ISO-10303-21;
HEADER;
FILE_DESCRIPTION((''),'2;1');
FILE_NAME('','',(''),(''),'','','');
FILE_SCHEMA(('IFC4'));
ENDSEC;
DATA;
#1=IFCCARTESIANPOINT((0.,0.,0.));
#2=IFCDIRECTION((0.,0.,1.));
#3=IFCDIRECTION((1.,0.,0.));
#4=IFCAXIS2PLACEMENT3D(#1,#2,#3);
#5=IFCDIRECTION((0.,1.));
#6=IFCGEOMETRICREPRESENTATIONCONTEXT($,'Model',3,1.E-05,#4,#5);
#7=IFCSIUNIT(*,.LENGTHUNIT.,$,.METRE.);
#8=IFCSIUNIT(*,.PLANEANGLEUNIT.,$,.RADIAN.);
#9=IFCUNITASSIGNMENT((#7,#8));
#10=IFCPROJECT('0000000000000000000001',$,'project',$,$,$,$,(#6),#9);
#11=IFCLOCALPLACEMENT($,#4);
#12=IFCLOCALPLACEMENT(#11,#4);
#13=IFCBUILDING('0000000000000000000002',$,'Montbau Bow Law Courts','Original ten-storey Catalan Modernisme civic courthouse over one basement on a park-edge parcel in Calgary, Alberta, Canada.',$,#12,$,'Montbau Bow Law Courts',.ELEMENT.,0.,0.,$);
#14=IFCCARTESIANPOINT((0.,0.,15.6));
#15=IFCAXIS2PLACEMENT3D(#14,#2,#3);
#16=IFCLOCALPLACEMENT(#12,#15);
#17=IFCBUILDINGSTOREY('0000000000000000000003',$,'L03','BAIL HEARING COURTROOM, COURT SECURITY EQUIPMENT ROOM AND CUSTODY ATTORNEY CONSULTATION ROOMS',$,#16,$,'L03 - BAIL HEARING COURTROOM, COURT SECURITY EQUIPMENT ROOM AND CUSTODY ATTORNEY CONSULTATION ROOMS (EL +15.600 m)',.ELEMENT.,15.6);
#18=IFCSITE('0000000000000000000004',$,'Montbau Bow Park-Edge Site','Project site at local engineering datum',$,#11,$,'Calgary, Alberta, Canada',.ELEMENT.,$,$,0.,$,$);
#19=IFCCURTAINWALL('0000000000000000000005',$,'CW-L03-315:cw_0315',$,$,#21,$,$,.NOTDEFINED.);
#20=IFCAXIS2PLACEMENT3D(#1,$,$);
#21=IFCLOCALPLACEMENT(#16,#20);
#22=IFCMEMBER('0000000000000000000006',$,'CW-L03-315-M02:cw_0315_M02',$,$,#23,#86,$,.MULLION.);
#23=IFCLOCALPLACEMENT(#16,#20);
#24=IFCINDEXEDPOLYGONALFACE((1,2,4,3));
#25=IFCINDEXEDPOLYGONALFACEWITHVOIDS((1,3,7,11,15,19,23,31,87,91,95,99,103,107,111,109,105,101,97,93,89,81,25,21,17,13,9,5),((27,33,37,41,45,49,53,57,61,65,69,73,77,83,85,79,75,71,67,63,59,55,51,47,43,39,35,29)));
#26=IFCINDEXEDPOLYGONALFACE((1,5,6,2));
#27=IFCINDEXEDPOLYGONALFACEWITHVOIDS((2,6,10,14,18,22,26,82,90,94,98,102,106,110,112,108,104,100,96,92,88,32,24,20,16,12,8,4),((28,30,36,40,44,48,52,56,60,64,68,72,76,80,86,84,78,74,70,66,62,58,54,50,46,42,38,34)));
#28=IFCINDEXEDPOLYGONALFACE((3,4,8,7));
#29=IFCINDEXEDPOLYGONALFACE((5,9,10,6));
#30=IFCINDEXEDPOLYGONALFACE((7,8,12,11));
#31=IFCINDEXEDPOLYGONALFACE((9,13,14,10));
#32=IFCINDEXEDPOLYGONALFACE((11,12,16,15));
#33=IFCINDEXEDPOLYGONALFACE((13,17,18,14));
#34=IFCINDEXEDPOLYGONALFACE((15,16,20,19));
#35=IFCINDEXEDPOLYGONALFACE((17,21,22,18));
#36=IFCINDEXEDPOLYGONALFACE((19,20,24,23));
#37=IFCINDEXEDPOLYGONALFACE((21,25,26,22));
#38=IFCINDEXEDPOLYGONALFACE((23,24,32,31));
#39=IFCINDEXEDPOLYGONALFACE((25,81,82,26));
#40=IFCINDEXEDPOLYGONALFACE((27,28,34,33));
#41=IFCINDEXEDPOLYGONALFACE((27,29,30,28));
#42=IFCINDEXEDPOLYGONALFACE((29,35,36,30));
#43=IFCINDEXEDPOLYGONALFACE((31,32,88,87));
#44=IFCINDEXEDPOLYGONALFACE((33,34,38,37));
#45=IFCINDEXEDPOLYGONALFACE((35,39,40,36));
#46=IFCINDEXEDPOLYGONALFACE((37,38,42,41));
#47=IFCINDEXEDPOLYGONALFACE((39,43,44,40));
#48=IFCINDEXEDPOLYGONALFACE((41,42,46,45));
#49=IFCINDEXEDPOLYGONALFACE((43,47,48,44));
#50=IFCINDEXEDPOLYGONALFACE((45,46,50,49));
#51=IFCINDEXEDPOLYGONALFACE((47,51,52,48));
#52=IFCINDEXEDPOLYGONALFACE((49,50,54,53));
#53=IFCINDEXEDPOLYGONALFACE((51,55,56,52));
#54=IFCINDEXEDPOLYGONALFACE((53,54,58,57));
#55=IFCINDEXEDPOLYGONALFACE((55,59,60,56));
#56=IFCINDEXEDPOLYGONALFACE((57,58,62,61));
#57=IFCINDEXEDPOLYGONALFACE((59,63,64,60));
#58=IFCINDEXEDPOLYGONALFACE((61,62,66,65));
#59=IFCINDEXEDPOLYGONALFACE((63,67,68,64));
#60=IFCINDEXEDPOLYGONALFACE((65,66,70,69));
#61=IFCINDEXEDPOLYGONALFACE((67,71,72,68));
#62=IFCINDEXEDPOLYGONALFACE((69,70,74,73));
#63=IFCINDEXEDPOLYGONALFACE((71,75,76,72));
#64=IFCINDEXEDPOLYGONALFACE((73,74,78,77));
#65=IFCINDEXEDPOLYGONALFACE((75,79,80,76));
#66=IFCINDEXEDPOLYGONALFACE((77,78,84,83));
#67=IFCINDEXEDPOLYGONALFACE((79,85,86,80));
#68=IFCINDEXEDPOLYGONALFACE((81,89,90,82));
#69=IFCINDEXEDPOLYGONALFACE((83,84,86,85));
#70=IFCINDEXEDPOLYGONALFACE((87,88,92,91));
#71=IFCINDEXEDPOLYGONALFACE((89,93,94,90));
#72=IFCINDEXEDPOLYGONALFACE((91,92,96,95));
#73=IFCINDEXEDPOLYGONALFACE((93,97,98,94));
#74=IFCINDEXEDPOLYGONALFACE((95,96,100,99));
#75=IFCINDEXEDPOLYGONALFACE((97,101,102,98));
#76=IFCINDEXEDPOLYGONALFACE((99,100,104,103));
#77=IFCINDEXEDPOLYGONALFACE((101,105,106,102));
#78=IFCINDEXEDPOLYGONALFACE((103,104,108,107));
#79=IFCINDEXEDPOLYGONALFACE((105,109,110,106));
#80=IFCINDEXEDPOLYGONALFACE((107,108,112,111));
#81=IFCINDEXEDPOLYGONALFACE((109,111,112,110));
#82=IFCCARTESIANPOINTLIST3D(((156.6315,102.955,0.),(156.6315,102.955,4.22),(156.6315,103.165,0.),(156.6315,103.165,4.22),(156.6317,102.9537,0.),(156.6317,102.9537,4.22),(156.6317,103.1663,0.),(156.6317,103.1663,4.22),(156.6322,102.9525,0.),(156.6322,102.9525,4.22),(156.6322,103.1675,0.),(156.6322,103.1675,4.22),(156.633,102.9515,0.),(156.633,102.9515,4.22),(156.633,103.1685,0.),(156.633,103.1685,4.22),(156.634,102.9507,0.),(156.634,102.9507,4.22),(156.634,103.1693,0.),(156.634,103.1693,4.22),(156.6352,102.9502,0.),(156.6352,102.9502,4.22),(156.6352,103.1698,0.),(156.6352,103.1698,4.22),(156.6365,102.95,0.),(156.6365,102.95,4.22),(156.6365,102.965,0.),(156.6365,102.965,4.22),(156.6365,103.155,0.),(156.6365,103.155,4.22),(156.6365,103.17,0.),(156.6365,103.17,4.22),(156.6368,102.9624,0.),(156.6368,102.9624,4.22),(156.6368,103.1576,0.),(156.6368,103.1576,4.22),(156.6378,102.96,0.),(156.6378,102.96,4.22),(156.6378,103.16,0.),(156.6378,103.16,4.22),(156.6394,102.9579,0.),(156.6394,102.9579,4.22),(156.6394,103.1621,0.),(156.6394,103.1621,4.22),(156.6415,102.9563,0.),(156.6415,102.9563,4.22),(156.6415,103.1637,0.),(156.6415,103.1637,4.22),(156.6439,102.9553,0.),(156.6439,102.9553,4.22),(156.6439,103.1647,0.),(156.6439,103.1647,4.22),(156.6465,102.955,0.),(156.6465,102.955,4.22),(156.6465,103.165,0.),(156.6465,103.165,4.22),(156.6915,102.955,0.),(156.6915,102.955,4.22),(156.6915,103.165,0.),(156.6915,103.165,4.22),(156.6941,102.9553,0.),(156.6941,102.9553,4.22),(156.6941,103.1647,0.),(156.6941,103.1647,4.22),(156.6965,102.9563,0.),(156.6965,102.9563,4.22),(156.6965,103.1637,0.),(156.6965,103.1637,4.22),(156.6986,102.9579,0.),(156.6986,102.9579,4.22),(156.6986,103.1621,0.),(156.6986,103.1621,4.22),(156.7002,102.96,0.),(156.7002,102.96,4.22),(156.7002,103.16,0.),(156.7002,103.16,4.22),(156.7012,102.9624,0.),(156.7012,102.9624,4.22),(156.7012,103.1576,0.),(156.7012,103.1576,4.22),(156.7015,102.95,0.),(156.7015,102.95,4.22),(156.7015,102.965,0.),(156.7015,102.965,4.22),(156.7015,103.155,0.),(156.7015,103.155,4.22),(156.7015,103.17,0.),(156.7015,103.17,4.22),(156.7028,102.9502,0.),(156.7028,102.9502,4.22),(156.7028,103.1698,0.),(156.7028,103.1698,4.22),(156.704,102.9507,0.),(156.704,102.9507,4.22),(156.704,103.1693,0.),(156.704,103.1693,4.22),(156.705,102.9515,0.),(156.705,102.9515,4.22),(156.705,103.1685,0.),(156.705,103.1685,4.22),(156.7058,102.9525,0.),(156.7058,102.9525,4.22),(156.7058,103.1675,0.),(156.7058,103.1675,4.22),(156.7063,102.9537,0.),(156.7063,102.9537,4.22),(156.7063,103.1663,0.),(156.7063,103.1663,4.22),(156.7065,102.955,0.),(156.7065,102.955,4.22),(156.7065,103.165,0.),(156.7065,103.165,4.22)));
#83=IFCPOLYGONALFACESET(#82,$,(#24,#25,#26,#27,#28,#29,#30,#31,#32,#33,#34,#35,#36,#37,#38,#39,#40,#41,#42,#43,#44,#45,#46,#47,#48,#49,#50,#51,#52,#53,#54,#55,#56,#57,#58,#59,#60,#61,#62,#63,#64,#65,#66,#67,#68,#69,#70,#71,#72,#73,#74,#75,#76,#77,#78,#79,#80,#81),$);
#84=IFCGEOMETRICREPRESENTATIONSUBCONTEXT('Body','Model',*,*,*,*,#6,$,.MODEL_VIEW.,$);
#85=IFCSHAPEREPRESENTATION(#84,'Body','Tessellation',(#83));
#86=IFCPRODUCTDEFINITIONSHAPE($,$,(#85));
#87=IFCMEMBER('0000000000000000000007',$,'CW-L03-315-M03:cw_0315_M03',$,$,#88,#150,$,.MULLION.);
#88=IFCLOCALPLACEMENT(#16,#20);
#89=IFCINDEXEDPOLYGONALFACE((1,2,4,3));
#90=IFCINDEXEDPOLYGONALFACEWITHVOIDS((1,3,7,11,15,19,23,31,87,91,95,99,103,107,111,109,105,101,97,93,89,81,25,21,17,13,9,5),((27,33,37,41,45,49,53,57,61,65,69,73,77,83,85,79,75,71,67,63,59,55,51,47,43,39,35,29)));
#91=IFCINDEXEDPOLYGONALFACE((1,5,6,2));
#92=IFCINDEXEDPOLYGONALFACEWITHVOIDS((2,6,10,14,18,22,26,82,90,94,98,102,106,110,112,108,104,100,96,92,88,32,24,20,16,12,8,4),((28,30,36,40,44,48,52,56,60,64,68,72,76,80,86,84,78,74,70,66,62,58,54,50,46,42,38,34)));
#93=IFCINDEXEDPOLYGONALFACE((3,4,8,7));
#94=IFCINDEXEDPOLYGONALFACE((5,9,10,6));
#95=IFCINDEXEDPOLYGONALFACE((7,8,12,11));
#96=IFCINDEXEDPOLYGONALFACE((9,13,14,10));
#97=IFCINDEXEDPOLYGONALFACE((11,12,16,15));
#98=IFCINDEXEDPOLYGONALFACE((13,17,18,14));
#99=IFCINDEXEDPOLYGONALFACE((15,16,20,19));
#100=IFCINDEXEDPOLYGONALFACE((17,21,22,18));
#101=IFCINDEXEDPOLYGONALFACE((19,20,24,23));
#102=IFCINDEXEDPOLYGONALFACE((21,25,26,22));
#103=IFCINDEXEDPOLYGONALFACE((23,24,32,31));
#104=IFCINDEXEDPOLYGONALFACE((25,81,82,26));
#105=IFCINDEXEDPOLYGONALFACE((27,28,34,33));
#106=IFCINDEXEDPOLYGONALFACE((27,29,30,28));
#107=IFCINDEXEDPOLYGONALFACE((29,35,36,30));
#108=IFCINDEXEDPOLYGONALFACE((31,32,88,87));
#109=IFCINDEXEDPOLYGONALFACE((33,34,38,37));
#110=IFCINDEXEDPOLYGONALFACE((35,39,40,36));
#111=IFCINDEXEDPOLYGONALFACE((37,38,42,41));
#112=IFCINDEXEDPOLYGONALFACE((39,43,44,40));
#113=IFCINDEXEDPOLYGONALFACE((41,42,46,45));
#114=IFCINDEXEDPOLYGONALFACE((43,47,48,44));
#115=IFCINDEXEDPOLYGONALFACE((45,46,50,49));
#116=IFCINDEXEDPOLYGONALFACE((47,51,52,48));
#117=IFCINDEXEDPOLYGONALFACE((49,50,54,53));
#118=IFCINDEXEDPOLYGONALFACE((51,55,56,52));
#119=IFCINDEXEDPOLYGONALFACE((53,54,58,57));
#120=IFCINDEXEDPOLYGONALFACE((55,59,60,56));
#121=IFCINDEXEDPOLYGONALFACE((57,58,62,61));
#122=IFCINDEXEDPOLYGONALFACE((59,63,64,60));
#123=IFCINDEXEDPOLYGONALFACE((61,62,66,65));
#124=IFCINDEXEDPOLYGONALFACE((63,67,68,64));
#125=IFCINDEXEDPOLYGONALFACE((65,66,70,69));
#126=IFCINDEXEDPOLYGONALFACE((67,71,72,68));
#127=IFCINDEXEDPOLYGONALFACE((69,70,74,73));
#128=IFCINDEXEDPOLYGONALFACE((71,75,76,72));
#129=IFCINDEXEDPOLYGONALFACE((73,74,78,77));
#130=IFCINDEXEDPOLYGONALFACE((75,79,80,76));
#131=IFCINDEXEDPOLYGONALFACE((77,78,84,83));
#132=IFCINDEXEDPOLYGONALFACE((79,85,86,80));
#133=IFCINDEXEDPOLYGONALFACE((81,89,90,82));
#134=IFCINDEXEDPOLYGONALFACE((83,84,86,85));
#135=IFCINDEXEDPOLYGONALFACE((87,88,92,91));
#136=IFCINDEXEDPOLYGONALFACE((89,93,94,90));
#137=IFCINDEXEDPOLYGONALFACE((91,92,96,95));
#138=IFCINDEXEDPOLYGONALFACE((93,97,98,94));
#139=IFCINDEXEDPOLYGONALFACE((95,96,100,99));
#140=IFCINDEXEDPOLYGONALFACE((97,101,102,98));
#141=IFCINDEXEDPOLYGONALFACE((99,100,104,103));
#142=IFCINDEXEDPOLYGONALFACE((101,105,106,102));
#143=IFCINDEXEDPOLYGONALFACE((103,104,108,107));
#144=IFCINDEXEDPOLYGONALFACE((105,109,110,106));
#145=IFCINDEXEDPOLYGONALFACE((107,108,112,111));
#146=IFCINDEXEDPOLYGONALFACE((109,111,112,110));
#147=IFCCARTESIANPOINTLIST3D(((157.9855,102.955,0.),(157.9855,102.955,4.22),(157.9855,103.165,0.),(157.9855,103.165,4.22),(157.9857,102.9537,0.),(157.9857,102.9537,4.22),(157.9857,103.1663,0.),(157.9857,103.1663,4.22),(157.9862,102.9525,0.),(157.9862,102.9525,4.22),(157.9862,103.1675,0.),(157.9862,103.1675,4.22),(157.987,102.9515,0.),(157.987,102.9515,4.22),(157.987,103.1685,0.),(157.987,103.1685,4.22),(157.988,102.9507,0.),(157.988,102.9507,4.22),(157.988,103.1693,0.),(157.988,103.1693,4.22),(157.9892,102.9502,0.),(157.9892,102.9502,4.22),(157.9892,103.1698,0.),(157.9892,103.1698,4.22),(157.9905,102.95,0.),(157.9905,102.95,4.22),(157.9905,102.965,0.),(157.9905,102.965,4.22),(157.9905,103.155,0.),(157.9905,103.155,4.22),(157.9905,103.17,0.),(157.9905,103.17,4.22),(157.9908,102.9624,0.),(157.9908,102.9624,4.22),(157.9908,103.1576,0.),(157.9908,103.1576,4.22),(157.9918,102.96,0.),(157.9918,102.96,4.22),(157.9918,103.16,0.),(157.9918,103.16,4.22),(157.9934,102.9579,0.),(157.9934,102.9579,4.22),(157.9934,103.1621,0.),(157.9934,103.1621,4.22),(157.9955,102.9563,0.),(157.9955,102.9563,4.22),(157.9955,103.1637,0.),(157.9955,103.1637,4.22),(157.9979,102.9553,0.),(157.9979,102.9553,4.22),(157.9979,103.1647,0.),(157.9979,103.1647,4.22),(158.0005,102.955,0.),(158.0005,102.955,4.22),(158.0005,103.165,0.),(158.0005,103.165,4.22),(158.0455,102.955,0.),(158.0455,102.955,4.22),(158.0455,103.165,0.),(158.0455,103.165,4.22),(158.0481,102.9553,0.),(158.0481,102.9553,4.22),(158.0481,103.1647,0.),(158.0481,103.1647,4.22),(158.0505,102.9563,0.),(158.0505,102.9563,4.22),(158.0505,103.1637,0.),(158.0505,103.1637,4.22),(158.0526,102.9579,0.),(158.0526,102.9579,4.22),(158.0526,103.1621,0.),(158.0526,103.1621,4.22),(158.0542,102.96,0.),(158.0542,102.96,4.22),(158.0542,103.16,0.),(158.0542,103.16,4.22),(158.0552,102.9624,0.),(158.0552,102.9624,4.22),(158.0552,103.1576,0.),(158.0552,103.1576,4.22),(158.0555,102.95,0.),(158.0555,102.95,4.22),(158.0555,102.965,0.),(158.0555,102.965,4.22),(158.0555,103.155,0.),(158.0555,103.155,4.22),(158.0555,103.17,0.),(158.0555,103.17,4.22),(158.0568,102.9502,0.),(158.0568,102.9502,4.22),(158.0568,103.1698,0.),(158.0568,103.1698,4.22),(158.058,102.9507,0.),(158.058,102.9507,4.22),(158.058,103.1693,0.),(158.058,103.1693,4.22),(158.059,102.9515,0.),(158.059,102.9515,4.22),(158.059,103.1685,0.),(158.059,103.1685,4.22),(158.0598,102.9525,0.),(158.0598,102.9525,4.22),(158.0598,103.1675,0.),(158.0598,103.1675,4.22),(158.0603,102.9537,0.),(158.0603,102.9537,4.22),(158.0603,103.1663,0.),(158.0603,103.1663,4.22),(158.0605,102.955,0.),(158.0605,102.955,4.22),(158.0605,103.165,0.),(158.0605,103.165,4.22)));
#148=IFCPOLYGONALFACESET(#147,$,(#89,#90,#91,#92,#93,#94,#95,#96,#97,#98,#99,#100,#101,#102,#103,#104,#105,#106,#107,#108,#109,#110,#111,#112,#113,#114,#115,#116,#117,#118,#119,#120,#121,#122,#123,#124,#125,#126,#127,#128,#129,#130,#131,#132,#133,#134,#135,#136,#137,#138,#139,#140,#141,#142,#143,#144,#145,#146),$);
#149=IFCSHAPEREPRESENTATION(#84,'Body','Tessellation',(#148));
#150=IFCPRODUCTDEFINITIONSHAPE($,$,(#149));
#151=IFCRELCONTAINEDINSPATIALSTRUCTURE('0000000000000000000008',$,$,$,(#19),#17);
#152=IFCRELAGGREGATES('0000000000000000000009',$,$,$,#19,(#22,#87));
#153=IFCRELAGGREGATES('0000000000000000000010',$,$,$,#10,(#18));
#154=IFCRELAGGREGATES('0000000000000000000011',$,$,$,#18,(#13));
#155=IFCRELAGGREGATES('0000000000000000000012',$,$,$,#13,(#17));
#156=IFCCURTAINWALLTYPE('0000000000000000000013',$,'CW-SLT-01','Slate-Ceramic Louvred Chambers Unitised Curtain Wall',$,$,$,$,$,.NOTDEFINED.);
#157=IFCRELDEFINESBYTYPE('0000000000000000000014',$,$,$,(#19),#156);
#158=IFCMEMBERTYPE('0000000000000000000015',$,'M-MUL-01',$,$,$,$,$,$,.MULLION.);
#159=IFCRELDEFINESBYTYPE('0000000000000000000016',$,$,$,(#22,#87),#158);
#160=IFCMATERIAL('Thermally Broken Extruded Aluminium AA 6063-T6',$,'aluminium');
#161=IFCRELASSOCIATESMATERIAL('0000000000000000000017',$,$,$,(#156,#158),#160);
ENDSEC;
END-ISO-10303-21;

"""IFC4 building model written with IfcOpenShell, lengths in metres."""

from ifc_helpers import new_model, si_unit, direction, frame, origin_with_axes, origin_2d_with_axis, place, context, subcontext, project, spatial, hollow_rectangle, extrude, material, material_profile, profile_set, type_object, element, aggregate, save


model = new_model("IFC4")

# Units and contexts
model_context = context("Model", 3, precision=1e-05, world=origin_with_axes(), true_north=direction((0.0, 1.0)))
body_context = subcontext(model_context, "Body", "Model", "MODEL_VIEW")
ifc_project = project(units=[si_unit("LENGTHUNIT", "METRE"), si_unit("PLANEANGLEUNIT", "RADIAN")], contexts=[model_context])

# Site, building, storey
site_placement = place(None, origin_with_axes())
site = spatial("IfcSite", under=ifc_project, at=site_placement, Name="Montbau Bow Park-Edge Site", Description="Project site at local engineering datum", LongName="Calgary, Alberta, Canada", CompositionType="ELEMENT", RefElevation=0.0)
building_placement = place(site_placement, origin_with_axes())
building = spatial("IfcBuilding", under=site, at=building_placement, Name="Montbau Bow Law Courts", Description="Original ten-storey Catalan Modernisme civic courthouse over one basement on a park-edge parcel in Calgary, Alberta, Canada.", LongName="Montbau Bow Law Courts", CompositionType="ELEMENT", ElevationOfRefHeight=0.0, ElevationOfTerrain=0.0)
storey_placement = place(building_placement, frame((0.0, 0.0, 15.6), z_axis=(0.0, 0.0, 1.0), x_axis=(1.0, 0.0, 0.0)))
storey = spatial("IfcBuildingStorey", under=building, at=storey_placement, Name="L03", Description="BAIL HEARING COURTROOM, COURT SECURITY EQUIPMENT ROOM AND CUSTODY ATTORNEY CONSULTATION ROOMS", LongName="L03 - BAIL HEARING COURTROOM, COURT SECURITY EQUIPMENT ROOM AND CUSTODY ATTORNEY CONSULTATION ROOMS (EL +15.600 m)", CompositionType="ELEMENT", Elevation=15.6)

# Curtain wall, members
ifc_material_1 = material(Name="Thermally Broken Extruded Aluminium AA 6063-T6", Category="aluminium")
curtain_wall_type = type_object("IfcCurtainWallType", Name="CW-SLT-01", Description="Slate-Ceramic Louvred Chambers Unitised Curtain Wall", PredefinedType="NOTDEFINED", material=ifc_material_1)
curtain_wall_placement = place(None, frame((155.315, 103.06, 15.6), z_axis=(0.0, 0.0, 1.0), x_axis=(1.0, 0.0, 0.0)))
curtain_wall = element("IfcCurtainWall", 1, at=curtain_wall_placement, inside=storey, type_object=curtain_wall_type, Name="CW-L03-315:cw_0315", PredefinedType="NOTDEFINED")
ifc_material_profile_1 = material_profile(ifc_material_1, hollow_rectangle(XDim=0.075, YDim=0.22, WallThickness=0.005, InnerFilletRadius=0.01, OuterFilletRadius=0.005, at=origin_2d_with_axis()), Name="CWM-220X75", Category="Main", Priority=0)
ifc_profile_set_1 = profile_set([ifc_material_profile_1], Name="Thermally Broken Extruded Aluminium AA 6063-T6")
member_type_1 = type_object("IfcMemberType", Name="M-MUL-01", PredefinedType="MULLION", material=ifc_profile_set_1)
member_1_placement = place(None, frame((156.669, 103.06, 15.6), z_axis=(0.0, 0.0, 1.0), x_axis=(1.0, 0.0, 0.0)))
member_1 = element("IfcMember", 2, at=member_1_placement, type_object=member_type_1, Name="CW-L03-315-M02:cw_0315_M02", PredefinedType="MULLION", context=body_context, shape_type="SweptSolid", body=[
    extrude(hollow_rectangle(XDim=0.075, YDim=0.22, WallThickness=0.005, InnerFilletRadius=0.01, OuterFilletRadius=0.005, at=origin_2d_with_axis()), origin_with_axes(), (0.0, 0.0, 1.0), 4.22),
])
member_2_placement = place(None, frame((158.023, 103.06, 15.6), z_axis=(0.0, 0.0, 1.0), x_axis=(1.0, 0.0, 0.0)))
member_2 = element("IfcMember", 3, at=member_2_placement, type_object=member_type_1, Name="CW-L03-315-M03:cw_0315_M03", PredefinedType="MULLION", context=body_context, shape_type="SweptSolid", body=[
    extrude(hollow_rectangle(XDim=0.075, YDim=0.22, WallThickness=0.005, InnerFilletRadius=0.01, OuterFilletRadius=0.005, at=origin_2d_with_axis()), origin_with_axes(), (0.0, 0.0, 1.0), 4.22),
])
aggregate(curtain_wall, [member_1, member_2])

save(model, "model.ifc")
